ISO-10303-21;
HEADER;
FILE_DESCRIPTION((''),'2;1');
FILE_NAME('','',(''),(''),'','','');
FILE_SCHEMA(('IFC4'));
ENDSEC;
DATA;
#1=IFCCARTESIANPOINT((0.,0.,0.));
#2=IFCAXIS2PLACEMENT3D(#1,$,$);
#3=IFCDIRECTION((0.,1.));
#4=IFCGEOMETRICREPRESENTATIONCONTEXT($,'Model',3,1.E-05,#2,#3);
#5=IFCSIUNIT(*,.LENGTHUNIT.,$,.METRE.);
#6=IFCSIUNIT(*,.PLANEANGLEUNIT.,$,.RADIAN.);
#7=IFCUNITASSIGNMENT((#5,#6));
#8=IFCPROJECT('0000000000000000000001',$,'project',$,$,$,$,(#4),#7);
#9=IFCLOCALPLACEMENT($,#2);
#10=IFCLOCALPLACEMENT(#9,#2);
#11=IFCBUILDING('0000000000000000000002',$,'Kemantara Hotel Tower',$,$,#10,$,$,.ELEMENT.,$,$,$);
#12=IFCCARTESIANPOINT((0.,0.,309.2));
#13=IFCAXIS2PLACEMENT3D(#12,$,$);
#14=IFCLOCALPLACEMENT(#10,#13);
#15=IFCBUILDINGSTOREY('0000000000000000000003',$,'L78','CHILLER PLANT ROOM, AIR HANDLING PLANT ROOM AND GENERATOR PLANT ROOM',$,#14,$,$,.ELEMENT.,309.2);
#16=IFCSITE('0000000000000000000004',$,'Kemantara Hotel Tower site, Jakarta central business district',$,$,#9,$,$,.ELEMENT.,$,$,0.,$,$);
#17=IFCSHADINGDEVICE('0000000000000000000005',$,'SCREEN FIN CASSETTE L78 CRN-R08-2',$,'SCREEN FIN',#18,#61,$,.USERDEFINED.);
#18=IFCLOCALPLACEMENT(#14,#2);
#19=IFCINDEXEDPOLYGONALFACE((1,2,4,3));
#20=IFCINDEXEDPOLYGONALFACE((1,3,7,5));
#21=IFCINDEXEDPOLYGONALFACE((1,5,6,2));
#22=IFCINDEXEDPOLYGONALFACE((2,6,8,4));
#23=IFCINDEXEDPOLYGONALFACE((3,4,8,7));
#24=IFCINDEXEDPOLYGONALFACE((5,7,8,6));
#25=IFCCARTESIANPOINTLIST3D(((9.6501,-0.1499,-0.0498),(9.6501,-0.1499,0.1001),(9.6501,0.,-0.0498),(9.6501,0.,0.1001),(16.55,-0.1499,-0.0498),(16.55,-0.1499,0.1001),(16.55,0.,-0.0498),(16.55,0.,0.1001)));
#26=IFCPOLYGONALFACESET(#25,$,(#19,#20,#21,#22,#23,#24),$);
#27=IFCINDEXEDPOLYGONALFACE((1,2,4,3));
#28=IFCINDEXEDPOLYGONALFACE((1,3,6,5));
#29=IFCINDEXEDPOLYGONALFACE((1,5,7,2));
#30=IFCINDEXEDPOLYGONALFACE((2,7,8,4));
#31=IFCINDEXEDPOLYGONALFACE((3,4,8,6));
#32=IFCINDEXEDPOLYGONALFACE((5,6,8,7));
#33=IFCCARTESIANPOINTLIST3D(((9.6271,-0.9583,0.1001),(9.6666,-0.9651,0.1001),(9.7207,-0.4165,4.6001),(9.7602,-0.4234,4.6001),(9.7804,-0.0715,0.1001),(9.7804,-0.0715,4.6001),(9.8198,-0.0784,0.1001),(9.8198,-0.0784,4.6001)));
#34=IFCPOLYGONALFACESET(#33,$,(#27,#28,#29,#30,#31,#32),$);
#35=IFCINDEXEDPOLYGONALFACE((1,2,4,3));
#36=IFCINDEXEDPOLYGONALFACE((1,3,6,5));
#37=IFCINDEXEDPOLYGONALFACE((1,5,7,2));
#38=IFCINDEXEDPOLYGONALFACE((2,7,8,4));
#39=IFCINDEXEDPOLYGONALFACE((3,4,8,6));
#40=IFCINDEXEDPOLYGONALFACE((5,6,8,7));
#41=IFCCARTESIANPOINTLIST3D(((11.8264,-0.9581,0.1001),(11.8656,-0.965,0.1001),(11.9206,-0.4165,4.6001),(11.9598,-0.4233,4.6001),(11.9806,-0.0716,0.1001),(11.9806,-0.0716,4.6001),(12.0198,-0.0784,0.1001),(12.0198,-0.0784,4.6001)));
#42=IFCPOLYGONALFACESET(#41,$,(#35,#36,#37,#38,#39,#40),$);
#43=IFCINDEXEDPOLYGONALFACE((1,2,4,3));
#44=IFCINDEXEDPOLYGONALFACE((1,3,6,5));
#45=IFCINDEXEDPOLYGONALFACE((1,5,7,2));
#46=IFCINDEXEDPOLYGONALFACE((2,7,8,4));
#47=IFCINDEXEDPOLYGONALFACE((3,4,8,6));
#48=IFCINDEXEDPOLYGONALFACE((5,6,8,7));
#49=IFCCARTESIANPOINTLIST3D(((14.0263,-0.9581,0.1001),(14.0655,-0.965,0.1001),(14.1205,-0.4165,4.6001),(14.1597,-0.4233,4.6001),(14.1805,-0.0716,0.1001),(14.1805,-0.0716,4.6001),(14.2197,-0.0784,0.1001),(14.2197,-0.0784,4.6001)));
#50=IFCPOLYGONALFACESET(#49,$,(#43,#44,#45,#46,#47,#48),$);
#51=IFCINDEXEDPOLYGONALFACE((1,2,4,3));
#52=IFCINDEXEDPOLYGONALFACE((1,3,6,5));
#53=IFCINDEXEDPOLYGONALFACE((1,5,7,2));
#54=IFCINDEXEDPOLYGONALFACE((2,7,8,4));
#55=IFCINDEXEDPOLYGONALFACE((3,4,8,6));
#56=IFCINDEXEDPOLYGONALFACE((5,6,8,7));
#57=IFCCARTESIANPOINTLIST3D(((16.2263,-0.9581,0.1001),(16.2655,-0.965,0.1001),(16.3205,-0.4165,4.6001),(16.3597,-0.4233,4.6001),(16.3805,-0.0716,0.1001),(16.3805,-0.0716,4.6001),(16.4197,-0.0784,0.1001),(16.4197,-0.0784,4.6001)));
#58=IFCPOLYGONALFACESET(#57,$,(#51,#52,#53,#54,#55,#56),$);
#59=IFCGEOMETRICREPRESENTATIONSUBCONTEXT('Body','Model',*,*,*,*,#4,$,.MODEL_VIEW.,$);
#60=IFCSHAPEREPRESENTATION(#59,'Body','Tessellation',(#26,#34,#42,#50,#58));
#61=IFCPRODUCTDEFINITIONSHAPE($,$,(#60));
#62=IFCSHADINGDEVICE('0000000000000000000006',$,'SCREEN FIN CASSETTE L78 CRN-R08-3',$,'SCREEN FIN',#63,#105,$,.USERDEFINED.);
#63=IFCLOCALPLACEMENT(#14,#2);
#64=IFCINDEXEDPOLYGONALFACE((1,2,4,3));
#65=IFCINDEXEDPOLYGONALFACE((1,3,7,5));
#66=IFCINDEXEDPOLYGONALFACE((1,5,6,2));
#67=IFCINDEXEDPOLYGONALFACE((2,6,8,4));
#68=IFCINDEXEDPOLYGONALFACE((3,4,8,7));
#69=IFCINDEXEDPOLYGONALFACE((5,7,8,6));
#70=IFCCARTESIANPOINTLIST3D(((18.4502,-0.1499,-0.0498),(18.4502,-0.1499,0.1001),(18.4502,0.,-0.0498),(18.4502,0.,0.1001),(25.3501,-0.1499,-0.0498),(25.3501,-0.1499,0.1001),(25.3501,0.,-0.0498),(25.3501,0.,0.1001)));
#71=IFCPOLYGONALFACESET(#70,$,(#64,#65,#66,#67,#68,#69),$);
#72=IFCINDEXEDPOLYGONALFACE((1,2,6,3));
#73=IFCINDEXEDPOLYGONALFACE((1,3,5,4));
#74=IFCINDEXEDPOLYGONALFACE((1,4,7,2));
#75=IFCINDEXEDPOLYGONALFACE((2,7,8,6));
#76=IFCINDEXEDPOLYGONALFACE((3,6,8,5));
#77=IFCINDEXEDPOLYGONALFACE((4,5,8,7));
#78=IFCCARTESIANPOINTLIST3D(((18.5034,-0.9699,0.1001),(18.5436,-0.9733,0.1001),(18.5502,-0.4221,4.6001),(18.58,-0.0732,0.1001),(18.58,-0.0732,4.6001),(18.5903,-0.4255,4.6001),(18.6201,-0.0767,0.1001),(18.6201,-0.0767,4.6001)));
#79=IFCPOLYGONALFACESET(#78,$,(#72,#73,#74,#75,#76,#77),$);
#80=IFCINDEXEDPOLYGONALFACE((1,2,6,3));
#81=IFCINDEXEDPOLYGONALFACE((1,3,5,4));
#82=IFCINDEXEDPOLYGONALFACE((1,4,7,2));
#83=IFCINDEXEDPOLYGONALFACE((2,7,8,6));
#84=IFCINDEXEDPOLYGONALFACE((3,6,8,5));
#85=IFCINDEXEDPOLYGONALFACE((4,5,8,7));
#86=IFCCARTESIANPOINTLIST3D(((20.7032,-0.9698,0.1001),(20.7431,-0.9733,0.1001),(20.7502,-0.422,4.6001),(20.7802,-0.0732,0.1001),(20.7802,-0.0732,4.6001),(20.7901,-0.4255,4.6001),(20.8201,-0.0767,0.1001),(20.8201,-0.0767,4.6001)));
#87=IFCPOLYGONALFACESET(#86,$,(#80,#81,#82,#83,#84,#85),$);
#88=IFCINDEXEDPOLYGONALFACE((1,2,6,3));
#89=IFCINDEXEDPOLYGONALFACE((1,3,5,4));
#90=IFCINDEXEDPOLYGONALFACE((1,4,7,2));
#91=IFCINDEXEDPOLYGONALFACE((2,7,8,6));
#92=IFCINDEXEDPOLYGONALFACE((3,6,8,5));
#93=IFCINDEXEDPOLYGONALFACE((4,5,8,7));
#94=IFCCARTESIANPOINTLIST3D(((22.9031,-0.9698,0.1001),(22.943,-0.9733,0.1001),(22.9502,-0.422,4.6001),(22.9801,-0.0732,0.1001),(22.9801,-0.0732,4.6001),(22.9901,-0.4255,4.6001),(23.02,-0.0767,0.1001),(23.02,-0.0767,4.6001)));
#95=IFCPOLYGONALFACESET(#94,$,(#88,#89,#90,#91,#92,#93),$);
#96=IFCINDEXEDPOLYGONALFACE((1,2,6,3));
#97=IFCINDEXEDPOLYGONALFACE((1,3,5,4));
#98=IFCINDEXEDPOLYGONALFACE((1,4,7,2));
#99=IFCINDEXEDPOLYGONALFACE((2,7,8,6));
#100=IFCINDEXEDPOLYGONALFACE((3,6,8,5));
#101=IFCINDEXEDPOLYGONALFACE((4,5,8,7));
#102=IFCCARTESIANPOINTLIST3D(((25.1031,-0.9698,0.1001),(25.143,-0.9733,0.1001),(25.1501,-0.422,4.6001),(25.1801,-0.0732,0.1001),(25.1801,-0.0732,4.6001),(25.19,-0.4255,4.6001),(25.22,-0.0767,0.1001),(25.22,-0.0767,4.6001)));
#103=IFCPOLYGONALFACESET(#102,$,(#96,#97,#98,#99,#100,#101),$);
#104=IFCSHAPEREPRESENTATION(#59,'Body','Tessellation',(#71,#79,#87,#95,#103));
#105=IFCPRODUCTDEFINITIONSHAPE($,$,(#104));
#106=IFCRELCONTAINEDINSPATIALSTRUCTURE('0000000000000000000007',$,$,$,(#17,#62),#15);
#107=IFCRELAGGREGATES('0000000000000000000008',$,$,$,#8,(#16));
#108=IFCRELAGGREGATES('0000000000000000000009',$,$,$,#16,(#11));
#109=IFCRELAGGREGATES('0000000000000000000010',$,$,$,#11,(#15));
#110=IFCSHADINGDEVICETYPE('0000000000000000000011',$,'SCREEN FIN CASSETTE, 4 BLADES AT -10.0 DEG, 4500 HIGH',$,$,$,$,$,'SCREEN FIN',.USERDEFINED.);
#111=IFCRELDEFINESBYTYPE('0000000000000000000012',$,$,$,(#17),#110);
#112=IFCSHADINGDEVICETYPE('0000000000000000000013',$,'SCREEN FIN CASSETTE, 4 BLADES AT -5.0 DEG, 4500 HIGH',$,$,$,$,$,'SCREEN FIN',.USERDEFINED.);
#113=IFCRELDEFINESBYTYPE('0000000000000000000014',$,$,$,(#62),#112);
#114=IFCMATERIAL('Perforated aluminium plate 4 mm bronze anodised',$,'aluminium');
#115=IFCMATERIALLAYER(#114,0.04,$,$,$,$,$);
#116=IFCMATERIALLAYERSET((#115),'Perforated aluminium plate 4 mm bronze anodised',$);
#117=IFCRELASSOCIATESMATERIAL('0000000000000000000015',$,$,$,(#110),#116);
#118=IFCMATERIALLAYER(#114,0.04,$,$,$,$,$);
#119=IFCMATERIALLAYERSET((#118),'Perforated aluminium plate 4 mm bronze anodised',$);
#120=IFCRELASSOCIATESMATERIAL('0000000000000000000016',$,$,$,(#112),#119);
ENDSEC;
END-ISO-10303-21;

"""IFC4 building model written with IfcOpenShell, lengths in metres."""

from ifc_helpers import new_model, si_unit, direction, frame, origin, origin_2d, place, context, subcontext, project, spatial, polyline, rectangle, outline, extrude, source, transform, mapped, material, layer, layer_set, type_object, element, save


model = new_model("IFC4")

# Units and contexts
model_context = context("Model", 3, precision=1e-05, world=origin(), true_north=direction((0.0, 1.0)))
body_context = subcontext(model_context, "Body", "Model", "MODEL_VIEW")
ifc_project = project(units=[si_unit("LENGTHUNIT", "METRE"), si_unit("PLANEANGLEUNIT", "RADIAN")], contexts=[model_context])

# Site, building, storey
site_placement = place(None, origin())
site = spatial("IfcSite", under=ifc_project, at=site_placement, Name="Kemantara Hotel Tower site, Jakarta central business district", CompositionType="ELEMENT", RefElevation=0.0)
building_placement = place(site_placement, origin())
building = spatial("IfcBuilding", under=site, at=building_placement, Name="Kemantara Hotel Tower", CompositionType="ELEMENT")
storey_placement = place(building_placement, frame((0.0, 0.0, 309.2)))
storey = spatial("IfcBuildingStorey", under=building, at=storey_placement, Name="L78", Description="CHILLER PLANT ROOM, AIR HANDLING PLANT ROOM AND GENERATOR PLANT ROOM", CompositionType="ELEMENT", Elevation=309.2)

# Shading devices
ifc_material_1 = material(Name="Perforated aluminium plate 4 mm bronze anodised", Category="aluminium")
ifc_layer_1 = layer(ifc_material_1, 0.04)
ifc_layer_set_1 = layer_set([ifc_layer_1], Name="Perforated aluminium plate 4 mm bronze anodised")
shading_device_type_1 = type_object("IfcShadingDeviceType", Name="SCREEN FIN CASSETTE, 4 BLADES AT -10.0 DEG, 4500 HIGH", ElementType="SCREEN FIN", PredefinedType="USERDEFINED", material=ifc_layer_set_1)
shared_shape_1 = source(origin(), body_context, "Body", "SweptSolid", [
    extrude(rectangle(XDim=6.8999, YDim=0.1499, at=origin_2d()), frame((3.3, -0.075, -0.1499), z_axis=(0.0, 0.0, 1.0), x_axis=(1.0, 0.0, 0.0)), (0.0, 0.0, 1.0), 0.1499),
    extrude(outline(polyline([(0.0, 0.0), (0.8999, 0.0), (0.3501, 4.5), (0.0, 4.5), (0.0, 0.0)])), frame((0.0198, -0.0784, 0.0), z_axis=(-0.98539, 0.170314, 0.0), x_axis=(-0.170314, -0.98539, 0.0)), (0.0, 0.0, 1.0), 0.04),
    extrude(outline(polyline([(0.0, 0.0), (0.8999, 0.0), (0.3501, 4.5), (0.0, 4.5), (0.0, 0.0)])), frame((2.2197, -0.0784, 0.0), z_axis=(-0.985212, 0.171341, 0.0), x_axis=(-0.171341, -0.985212, 0.0)), (0.0, 0.0, 1.0), 0.0398),
    extrude(outline(polyline([(0.0, 0.0), (0.8999, 0.0), (0.3501, 4.5), (0.0, 4.5), (0.0, 0.0)])), frame((4.4197, -0.0784, 0.0), z_axis=(-0.985212, 0.171341, 0.0), x_axis=(-0.171341, -0.985212, 0.0)), (0.0, 0.0, 1.0), 0.0398),
    extrude(outline(polyline([(0.0, 0.0), (0.8999, 0.0), (0.3501, 4.5), (0.0, 4.5), (0.0, 0.0)])), frame((6.6196, -0.0784, 0.0), z_axis=(-0.985212, 0.171341, 0.0), x_axis=(-0.171341, -0.985212, 0.0)), (0.0, 0.0, 1.0), 0.0398),
])
shading_device_1_placement = place(storey_placement, frame((9.8, 0.0, 0.1001), z_axis=(0.0, 0.0, 1.0), x_axis=(1.0, 0.0, 0.0)))
element("IfcShadingDevice", 1, at=shading_device_1_placement, inside=storey, type_object=shading_device_type_1, Name="SCREEN FIN CASSETTE L78 CRN-R08-2", ObjectType="SCREEN FIN", PredefinedType="USERDEFINED", context=body_context, shape_type="MappedRepresentation", body=[
    mapped(shared_shape_1, transform((0.0, 0.0, 0.0))),
])
ifc_layer_2 = layer(ifc_material_1, 0.04)
ifc_layer_set_2 = layer_set([ifc_layer_2], Name="Perforated aluminium plate 4 mm bronze anodised")
shading_device_type_2 = type_object("IfcShadingDeviceType", Name="SCREEN FIN CASSETTE, 4 BLADES AT -5.0 DEG, 4500 HIGH", ElementType="SCREEN FIN", PredefinedType="USERDEFINED", material=ifc_layer_set_2)
shared_shape_2 = source(origin(), body_context, "Body", "SweptSolid", [
    extrude(rectangle(XDim=6.8999, YDim=0.1499, at=origin_2d()), frame((3.3, -0.075, -0.1499), z_axis=(0.0, 0.0, 1.0), x_axis=(1.0, 0.0, 0.0)), (0.0, 0.0, 1.0), 0.1499),
    extrude(outline(polyline([(0.0, 0.0), (0.8999, 0.0), (0.3501, 4.5), (0.0, 4.5), (0.0, 0.0)])), frame((0.02, -0.0767, 0.0), z_axis=(-0.996376, 0.085056, 0.0), x_axis=(-0.085056, -0.996376, 0.0)), (0.0, 0.0, 1.0), 0.0403),
    extrude(outline(polyline([(0.0, 0.0), (0.8999, 0.0), (0.3501, 4.5), (0.0, 4.5), (0.0, 0.0)])), frame((2.22, -0.0767, 0.0), z_axis=(-0.996332, 0.085575, 0.0), x_axis=(-0.085575, -0.996332, 0.0)), (0.0, 0.0, 1.0), 0.04),
    extrude(outline(polyline([(0.0, 0.0), (0.8999, 0.0), (0.3501, 4.5), (0.0, 4.5), (0.0, 0.0)])), frame((4.4199, -0.0767, 0.0), z_axis=(-0.996332, 0.085575, 0.0), x_axis=(-0.085575, -0.996332, 0.0)), (0.0, 0.0, 1.0), 0.04),
    extrude(outline(polyline([(0.0, 0.0), (0.8999, 0.0), (0.3501, 4.5), (0.0, 4.5), (0.0, 0.0)])), frame((6.6199, -0.0767, 0.0), z_axis=(-0.996332, 0.085575, 0.0), x_axis=(-0.085575, -0.996332, 0.0)), (0.0, 0.0, 1.0), 0.04),
])
shading_device_2_placement = place(storey_placement, frame((18.6001, 0.0, 0.1001), z_axis=(0.0, 0.0, 1.0), x_axis=(1.0, 0.0, 0.0)))
element("IfcShadingDevice", 2, at=shading_device_2_placement, inside=storey, type_object=shading_device_type_2, Name="SCREEN FIN CASSETTE L78 CRN-R08-3", ObjectType="SCREEN FIN", PredefinedType="USERDEFINED", context=body_context, shape_type="MappedRepresentation", body=[
    mapped(shared_shape_2, transform((0.0, 0.0, 0.0))),
])

save(model, "model.ifc")
